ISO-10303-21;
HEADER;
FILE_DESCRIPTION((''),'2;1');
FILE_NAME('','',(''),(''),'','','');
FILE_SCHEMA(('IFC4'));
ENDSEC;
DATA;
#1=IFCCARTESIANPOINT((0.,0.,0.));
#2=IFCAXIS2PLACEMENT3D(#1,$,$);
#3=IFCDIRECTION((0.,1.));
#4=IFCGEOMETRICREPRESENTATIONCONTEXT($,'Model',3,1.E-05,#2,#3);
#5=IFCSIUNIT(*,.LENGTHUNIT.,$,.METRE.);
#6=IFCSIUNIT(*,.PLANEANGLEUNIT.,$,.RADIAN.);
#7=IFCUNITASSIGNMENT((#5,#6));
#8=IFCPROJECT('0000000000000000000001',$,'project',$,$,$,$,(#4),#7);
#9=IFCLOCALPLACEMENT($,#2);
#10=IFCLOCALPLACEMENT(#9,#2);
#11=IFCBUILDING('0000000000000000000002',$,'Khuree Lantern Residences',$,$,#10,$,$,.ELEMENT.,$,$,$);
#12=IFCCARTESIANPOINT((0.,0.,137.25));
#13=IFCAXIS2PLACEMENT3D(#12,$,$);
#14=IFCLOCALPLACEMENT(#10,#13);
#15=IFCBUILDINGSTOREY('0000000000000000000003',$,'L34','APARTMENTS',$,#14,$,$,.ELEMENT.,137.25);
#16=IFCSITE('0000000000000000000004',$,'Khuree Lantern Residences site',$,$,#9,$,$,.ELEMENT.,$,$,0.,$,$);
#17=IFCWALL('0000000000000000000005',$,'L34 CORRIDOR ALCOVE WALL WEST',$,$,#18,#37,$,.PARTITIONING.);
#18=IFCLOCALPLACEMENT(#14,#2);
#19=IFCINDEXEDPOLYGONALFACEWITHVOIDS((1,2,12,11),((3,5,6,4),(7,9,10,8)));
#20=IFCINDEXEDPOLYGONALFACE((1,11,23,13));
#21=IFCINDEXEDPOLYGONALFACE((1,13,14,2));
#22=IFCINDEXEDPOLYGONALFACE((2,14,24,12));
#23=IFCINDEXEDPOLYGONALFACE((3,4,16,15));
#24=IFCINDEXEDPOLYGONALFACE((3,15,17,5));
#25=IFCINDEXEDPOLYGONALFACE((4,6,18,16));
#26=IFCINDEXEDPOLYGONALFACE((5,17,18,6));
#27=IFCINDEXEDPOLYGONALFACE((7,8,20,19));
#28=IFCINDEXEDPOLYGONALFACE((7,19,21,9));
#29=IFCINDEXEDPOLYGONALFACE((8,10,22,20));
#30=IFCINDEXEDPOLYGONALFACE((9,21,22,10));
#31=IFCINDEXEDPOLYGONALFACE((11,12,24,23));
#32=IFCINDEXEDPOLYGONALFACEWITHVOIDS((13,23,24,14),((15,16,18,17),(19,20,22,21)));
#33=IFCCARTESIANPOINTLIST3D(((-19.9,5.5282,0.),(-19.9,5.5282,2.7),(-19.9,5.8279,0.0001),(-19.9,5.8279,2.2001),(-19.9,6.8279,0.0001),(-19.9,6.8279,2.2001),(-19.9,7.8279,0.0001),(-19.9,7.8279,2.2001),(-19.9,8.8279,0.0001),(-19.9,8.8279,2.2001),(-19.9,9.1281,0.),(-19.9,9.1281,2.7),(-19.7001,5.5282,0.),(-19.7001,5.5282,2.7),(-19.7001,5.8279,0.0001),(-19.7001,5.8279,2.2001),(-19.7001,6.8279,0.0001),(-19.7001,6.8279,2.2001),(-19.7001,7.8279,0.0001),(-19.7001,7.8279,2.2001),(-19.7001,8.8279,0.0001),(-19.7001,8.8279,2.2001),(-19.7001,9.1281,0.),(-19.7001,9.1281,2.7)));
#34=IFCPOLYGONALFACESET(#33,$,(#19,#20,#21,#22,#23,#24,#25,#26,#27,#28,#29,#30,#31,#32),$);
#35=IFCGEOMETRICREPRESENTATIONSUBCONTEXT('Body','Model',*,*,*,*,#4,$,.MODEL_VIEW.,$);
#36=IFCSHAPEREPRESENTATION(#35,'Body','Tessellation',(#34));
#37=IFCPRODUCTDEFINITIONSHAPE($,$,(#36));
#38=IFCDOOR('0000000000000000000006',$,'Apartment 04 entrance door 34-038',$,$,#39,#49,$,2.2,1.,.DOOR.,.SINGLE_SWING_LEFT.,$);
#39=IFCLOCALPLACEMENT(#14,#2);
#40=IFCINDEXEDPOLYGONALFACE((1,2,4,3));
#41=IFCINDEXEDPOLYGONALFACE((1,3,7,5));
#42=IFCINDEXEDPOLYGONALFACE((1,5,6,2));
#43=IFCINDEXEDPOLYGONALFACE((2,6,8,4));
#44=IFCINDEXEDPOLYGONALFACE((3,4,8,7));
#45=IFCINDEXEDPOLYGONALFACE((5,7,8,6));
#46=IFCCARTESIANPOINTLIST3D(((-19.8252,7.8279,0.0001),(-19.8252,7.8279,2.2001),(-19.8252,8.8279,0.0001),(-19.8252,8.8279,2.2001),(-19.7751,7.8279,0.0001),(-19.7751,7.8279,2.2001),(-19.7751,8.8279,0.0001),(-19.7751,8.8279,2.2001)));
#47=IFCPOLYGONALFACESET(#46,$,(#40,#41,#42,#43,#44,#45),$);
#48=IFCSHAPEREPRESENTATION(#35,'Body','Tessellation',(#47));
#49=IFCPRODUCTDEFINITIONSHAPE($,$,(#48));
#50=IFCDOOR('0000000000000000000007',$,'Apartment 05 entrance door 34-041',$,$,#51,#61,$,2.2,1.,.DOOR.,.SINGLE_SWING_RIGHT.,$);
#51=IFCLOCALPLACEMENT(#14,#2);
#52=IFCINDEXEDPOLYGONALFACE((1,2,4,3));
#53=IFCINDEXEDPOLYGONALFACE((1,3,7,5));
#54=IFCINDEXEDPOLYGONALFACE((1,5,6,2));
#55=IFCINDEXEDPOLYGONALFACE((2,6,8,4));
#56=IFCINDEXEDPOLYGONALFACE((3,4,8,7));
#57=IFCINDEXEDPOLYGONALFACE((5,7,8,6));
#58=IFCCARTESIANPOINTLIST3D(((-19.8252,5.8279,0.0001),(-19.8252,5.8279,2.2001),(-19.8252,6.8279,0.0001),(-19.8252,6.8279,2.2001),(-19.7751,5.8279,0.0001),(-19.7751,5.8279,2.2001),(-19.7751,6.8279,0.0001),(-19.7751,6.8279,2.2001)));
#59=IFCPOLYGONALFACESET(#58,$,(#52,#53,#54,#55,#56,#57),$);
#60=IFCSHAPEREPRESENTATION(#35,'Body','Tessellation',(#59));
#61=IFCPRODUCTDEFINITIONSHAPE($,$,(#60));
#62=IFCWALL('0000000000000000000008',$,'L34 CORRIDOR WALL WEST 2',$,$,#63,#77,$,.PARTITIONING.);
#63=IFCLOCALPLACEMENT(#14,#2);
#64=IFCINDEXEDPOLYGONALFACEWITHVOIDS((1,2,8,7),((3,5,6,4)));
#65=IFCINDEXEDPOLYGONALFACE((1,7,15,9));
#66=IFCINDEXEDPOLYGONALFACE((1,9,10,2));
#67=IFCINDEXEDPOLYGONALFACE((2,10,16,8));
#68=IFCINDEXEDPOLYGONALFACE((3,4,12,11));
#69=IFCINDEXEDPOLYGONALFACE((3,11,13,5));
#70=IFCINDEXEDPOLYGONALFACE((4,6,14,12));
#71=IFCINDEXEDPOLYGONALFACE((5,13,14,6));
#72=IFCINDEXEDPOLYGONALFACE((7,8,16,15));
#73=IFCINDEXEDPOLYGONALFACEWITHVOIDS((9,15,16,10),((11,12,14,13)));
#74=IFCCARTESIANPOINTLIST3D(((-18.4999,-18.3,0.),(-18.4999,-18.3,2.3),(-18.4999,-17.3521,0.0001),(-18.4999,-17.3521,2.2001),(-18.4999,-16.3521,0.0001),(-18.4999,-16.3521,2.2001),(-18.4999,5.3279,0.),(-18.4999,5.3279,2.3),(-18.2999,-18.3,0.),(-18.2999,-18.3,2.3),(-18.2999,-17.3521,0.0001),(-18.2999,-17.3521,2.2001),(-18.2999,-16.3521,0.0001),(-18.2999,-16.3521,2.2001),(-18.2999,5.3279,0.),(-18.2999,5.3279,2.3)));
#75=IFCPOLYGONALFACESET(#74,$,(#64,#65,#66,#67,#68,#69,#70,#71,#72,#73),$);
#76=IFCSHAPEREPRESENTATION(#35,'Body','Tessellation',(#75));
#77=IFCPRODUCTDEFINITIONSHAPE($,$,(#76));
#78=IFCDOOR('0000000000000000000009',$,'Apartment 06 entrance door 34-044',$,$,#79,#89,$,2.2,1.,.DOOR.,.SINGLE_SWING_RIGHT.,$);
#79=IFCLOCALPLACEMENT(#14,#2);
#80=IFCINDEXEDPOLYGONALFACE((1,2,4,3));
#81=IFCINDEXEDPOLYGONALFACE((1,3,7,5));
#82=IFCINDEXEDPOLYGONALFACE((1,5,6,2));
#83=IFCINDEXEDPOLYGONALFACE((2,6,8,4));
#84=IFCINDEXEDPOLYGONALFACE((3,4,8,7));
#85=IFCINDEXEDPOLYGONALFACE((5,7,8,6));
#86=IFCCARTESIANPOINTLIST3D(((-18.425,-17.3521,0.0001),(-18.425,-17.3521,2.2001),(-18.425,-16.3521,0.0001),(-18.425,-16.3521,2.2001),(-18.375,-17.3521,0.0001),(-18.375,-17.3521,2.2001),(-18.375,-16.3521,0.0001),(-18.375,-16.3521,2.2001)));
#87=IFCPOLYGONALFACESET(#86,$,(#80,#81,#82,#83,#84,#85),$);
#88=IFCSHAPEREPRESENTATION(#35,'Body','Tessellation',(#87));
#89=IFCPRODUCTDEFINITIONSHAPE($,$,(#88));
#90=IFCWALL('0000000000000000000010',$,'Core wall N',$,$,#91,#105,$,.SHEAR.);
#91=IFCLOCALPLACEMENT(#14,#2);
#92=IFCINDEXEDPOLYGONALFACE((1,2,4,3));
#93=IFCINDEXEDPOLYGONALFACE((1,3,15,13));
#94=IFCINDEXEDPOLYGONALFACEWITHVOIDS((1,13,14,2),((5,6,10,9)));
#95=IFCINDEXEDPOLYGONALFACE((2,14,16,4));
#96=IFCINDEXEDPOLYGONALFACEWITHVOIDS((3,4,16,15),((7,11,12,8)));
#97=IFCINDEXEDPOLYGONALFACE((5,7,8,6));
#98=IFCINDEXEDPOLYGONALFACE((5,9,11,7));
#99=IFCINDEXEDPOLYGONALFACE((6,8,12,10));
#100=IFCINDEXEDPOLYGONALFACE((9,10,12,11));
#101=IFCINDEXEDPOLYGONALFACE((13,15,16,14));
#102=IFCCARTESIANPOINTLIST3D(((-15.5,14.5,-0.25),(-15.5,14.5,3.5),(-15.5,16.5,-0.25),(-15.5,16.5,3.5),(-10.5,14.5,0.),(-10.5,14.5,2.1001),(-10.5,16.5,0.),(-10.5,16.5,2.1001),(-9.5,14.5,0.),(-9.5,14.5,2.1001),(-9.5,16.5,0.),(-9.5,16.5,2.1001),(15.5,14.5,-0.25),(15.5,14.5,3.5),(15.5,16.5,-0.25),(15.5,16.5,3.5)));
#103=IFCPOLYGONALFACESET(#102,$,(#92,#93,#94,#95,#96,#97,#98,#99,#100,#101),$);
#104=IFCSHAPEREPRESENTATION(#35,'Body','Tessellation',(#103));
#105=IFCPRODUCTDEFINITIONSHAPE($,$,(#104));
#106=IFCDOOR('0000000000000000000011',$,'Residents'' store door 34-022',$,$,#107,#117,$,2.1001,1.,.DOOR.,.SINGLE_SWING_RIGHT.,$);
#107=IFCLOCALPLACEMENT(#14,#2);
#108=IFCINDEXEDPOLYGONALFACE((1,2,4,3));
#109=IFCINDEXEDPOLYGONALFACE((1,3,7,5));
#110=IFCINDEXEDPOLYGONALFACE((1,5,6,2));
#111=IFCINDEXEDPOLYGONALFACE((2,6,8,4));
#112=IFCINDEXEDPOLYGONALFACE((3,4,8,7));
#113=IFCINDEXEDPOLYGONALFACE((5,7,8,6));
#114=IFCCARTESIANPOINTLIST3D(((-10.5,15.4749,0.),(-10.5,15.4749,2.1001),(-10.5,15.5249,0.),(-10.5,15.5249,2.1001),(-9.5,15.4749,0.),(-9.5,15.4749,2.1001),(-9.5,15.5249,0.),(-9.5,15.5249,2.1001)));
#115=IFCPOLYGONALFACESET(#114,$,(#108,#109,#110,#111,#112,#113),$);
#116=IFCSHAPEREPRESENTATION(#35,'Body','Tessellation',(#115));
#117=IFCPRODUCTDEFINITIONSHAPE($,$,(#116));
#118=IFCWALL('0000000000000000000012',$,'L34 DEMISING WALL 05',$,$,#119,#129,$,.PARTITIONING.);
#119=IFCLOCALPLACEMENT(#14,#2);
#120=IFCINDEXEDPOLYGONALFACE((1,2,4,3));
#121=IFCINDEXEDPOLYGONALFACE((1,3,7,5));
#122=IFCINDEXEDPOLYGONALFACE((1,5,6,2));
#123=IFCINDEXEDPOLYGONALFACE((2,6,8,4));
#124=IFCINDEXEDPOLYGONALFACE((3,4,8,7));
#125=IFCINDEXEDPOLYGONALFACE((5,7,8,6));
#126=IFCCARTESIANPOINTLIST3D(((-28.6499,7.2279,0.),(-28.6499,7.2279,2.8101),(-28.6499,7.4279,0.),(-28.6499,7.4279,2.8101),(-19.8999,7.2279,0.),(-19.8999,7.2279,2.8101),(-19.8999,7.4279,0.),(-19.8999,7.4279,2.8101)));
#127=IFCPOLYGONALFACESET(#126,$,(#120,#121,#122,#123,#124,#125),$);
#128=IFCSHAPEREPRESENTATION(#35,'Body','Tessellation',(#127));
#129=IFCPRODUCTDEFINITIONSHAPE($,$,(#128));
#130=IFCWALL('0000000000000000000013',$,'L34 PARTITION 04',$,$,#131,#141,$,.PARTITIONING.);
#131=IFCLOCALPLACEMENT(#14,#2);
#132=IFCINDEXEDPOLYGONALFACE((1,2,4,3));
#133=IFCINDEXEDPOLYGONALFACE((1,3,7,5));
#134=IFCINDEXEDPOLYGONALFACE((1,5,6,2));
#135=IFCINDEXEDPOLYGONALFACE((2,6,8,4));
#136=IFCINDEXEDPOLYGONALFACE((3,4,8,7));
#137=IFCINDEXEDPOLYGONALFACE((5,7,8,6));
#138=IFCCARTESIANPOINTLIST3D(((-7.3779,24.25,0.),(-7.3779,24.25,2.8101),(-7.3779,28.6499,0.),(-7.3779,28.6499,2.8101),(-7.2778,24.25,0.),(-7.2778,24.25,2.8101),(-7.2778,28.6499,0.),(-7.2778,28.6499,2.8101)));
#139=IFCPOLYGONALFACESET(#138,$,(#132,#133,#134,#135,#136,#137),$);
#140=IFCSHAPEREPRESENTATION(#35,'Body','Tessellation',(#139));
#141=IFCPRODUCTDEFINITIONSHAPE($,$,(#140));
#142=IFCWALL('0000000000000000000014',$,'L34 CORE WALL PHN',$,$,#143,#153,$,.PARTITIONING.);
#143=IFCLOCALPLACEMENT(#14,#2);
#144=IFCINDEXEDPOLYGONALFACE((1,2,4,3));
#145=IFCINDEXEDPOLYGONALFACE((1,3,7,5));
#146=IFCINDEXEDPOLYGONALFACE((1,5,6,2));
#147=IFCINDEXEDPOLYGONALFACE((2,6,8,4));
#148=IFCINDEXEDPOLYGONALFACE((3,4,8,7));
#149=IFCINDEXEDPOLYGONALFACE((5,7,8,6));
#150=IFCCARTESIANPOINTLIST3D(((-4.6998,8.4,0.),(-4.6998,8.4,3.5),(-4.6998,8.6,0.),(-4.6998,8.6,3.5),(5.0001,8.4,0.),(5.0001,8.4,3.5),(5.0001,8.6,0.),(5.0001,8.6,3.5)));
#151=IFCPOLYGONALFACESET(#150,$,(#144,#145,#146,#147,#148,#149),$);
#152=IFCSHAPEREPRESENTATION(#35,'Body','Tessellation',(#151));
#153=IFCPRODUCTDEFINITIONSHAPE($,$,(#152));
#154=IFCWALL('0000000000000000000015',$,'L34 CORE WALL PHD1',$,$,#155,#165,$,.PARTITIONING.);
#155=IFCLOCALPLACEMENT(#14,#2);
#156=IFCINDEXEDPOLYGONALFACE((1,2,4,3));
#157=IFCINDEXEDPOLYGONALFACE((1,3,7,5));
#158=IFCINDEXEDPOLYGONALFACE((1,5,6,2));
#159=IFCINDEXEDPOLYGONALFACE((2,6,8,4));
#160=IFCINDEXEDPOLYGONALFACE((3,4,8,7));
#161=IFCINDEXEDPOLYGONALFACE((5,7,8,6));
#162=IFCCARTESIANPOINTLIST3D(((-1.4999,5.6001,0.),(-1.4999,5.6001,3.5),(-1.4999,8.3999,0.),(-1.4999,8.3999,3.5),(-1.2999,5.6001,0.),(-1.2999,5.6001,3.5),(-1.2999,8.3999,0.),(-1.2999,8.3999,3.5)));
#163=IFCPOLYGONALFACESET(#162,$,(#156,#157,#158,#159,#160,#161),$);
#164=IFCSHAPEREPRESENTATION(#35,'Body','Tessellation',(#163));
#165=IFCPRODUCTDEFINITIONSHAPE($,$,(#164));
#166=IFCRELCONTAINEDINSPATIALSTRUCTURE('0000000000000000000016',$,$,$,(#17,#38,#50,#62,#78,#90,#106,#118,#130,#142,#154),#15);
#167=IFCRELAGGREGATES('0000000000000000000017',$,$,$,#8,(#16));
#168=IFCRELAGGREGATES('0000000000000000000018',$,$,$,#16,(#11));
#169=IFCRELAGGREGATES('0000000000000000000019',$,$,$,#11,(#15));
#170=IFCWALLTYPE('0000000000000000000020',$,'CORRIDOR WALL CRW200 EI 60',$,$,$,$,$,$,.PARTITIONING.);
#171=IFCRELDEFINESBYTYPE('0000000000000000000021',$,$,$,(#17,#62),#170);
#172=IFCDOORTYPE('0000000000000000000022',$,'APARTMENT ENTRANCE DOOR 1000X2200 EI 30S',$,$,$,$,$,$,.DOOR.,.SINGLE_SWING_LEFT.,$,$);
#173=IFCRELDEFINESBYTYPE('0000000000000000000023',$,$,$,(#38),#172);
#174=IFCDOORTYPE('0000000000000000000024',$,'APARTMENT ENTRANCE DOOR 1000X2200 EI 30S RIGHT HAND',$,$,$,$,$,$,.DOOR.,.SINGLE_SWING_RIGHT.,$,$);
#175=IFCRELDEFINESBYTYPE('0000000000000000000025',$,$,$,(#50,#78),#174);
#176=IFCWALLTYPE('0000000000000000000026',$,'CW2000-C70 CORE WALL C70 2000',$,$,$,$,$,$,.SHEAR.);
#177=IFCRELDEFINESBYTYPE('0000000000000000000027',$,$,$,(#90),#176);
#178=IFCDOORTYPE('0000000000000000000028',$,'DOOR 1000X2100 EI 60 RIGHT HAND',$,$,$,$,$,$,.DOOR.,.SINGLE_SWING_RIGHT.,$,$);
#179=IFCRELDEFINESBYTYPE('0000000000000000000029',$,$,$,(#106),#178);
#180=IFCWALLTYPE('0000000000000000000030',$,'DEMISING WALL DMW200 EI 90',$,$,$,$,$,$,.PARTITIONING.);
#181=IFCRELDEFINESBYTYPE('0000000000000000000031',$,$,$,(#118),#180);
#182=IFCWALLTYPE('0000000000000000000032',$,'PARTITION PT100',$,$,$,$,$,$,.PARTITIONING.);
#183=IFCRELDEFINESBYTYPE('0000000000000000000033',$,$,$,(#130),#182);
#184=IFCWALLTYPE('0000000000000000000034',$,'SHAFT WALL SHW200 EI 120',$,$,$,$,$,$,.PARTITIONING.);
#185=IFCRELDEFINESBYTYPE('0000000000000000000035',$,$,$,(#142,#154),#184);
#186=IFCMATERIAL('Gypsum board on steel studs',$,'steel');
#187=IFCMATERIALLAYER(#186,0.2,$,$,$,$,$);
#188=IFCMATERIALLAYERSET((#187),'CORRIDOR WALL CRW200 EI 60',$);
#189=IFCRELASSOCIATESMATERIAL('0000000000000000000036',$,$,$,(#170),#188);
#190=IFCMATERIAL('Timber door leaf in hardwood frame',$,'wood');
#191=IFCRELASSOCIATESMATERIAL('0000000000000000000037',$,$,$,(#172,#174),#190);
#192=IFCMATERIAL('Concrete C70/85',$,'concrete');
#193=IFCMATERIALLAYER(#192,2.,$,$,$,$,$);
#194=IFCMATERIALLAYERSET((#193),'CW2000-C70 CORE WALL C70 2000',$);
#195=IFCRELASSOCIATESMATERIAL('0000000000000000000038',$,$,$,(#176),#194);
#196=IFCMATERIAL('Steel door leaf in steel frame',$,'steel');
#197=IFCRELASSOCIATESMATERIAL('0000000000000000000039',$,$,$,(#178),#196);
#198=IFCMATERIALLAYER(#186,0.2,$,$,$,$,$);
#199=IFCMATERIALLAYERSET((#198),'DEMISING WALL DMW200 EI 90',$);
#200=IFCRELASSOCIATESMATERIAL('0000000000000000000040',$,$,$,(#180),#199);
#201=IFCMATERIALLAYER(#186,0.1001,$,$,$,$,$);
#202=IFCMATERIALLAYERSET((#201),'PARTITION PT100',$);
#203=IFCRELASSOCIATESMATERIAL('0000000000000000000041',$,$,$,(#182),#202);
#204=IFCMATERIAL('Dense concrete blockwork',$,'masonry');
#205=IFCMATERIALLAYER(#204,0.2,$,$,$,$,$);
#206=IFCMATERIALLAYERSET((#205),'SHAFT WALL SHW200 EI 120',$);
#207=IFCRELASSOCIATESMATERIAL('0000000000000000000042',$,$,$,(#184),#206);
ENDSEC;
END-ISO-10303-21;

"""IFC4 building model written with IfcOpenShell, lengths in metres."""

from ifc_helpers import new_model, si_unit, direction, frame, frame_2d, origin, place, context, subcontext, project, spatial, rectangle, extrude, material, layer, layer_set, type_object, element, fill, save


model = new_model("IFC4")

# Units and contexts
model_context = context("Model", 3, precision=1e-05, world=origin(), true_north=direction((0.0, 1.0)))
body_context = subcontext(model_context, "Body", "Model", "MODEL_VIEW")
ifc_project = project(units=[si_unit("LENGTHUNIT", "METRE"), si_unit("PLANEANGLEUNIT", "RADIAN")], contexts=[model_context])

# Site, building, storey
site_placement = place(None, origin())
site = spatial("IfcSite", under=ifc_project, at=site_placement, Name="Khuree Lantern Residences site", CompositionType="ELEMENT", RefElevation=0.0)
building_placement = place(site_placement, origin())
building = spatial("IfcBuilding", under=site, at=building_placement, Name="Khuree Lantern Residences", CompositionType="ELEMENT")
storey_placement = place(building_placement, frame((0.0, 0.0, 137.25)))
storey = spatial("IfcBuildingStorey", under=building, at=storey_placement, Name="L34", Description="APARTMENTS", CompositionType="ELEMENT", Elevation=137.25)

# Shared definitions
ifc_material_1 = material(Name="Concrete C70/85", Category="concrete")

# Shared definitions
ifc_material_2 = material(Name="Dense concrete blockwork", Category="masonry")

# Shared definitions
ifc_material_3 = material(Name="Steel door leaf in steel frame", Category="steel")
ifc_material_4 = material(Name="Timber door leaf in hardwood frame", Category="wood")

# Shared definitions
ifc_material_5 = material(Name="Gypsum board on steel studs", Category="steel")
ifc_layer_1 = layer(ifc_material_5, 0.2)
ifc_layer_set_1 = layer_set([ifc_layer_1], Name="CORRIDOR WALL CRW200 EI 60")
wall_type_1 = type_object("IfcWallType", Name="CORRIDOR WALL CRW200 EI 60", PredefinedType="PARTITIONING", material=ifc_layer_set_1)

# Wall, openings, doors
wall_1_placement = place(storey_placement, frame((-19.8, 9.1279, 0.0), z_axis=(0.0, 0.0, 1.0), x_axis=(0.0, -1.0, 0.0)))
wall_1 = element("IfcWall", 1, at=wall_1_placement, inside=storey, type_object=wall_type_1, Name="L34 CORRIDOR ALCOVE WALL WEST", PredefinedType="PARTITIONING", context=body_context, shape_type="SweptSolid", body=[
    extrude(rectangle(XDim=3.5999, YDim=0.2, at=frame_2d((1.7998, 0.0))), origin(), (0.0, 0.0, 1.0), 2.7),
])
opening_1_placement = place(wall_1_placement, frame((0.3, 0.0, 0.0)))
opening_1 = element("IfcOpeningElement", 2, at=opening_1_placement, cuts=wall_1, PredefinedType="OPENING", context=body_context, shape_type="SweptSolid", body=[
    extrude(rectangle(XDim=1.0, YDim=2.2, at=frame_2d((0.5, 1.1001))), frame((0.0, 0.1099, 0.0), z_axis=(0.0, -1.0, 0.0), x_axis=(1.0, 0.0, 0.0)), (0.0, 0.0, 1.0), 0.22),
])
opening_2_placement = place(wall_1_placement, frame((2.3, 0.0, 0.0)))
opening_2 = element("IfcOpeningElement", 3, at=opening_2_placement, cuts=wall_1, PredefinedType="OPENING", context=body_context, shape_type="SweptSolid", body=[
    extrude(rectangle(XDim=1.0, YDim=2.2, at=frame_2d((0.5, 1.1001))), frame((0.0, 0.1099, 0.0), z_axis=(0.0, -1.0, 0.0), x_axis=(1.0, 0.0, 0.0)), (0.0, 0.0, 1.0), 0.22),
])
door_type_1 = type_object("IfcDoorType", Name="APARTMENT ENTRANCE DOOR 1000X2200 EI 30S", OperationType="SINGLE_SWING_LEFT", PredefinedType="DOOR", material=ifc_material_4)
door_1_placement = place(opening_1_placement, origin())
door_1 = element("IfcDoor", 4, at=door_1_placement, inside=storey, type_object=door_type_1, Name="Apartment 04 entrance door 34-038", OperationType="SINGLE_SWING_LEFT", OverallHeight=2.2, OverallWidth=1.0, PredefinedType="DOOR", context=body_context, shape_type="SweptSolid", body=[
    extrude(rectangle(XDim=1.0, YDim=2.2, at=frame_2d((0.5, 1.1001))), frame((0.0, 0.0249, 0.0), z_axis=(0.0, -1.0, 0.0), x_axis=(1.0, 0.0, 0.0)), (0.0, 0.0, 1.0), 0.05),
])
fill(opening_1, door_1)
door_type_2 = type_object("IfcDoorType", Name="APARTMENT ENTRANCE DOOR 1000X2200 EI 30S RIGHT HAND", OperationType="SINGLE_SWING_RIGHT", PredefinedType="DOOR", material=ifc_material_4)
door_2_placement = place(opening_2_placement, origin())
door_2 = element("IfcDoor", 5, at=door_2_placement, inside=storey, type_object=door_type_2, Name="Apartment 05 entrance door 34-041", OperationType="SINGLE_SWING_RIGHT", OverallHeight=2.2, OverallWidth=1.0, PredefinedType="DOOR", context=body_context, shape_type="SweptSolid", body=[
    extrude(rectangle(XDim=1.0, YDim=2.2, at=frame_2d((0.5, 1.1001))), frame((0.0, 0.0249, 0.0), z_axis=(0.0, -1.0, 0.0), x_axis=(1.0, 0.0, 0.0)), (0.0, 0.0, 1.0), 0.05),
])
fill(opening_2, door_2)

# Walls, openings, doors
wall_2_placement = place(storey_placement, frame((-18.3999, 5.3279, 0.0), z_axis=(0.0, 0.0, 1.0), x_axis=(0.0, -1.0, 0.0)))
wall_2 = element("IfcWall", 6, at=wall_2_placement, inside=storey, type_object=wall_type_1, Name="L34 CORRIDOR WALL WEST 2", PredefinedType="PARTITIONING", context=body_context, shape_type="SweptSolid", body=[
    extrude(rectangle(XDim=23.6279, YDim=0.2, at=frame_2d((11.814, 0.0))), origin(), (0.0, 0.0, 1.0), 2.3),
])
opening_3_placement = place(wall_2_placement, frame((21.6799, 0.0, 0.0)))
opening_3 = element("IfcOpeningElement", 7, at=opening_3_placement, cuts=wall_2, PredefinedType="OPENING", context=body_context, shape_type="SweptSolid", body=[
    extrude(rectangle(XDim=1.0, YDim=2.2, at=frame_2d((0.5, 1.1001))), frame((0.0, 0.1099, 0.0), z_axis=(0.0, -1.0, 0.0), x_axis=(1.0, 0.0, 0.0)), (0.0, 0.0, 1.0), 0.22),
])
door_3_placement = place(opening_3_placement, origin())
door_3 = element("IfcDoor", 8, at=door_3_placement, inside=storey, type_object=door_type_2, Name="Apartment 06 entrance door 34-044", OperationType="SINGLE_SWING_RIGHT", OverallHeight=2.2, OverallWidth=1.0, PredefinedType="DOOR", context=body_context, shape_type="SweptSolid", body=[
    extrude(rectangle(XDim=1.0, YDim=2.2, at=frame_2d((0.5, 1.1001))), frame((0.0, 0.0249, 0.0), z_axis=(0.0, -1.0, 0.0), x_axis=(1.0, 0.0, 0.0)), (0.0, 0.0, 1.0), 0.05),
])
fill(opening_3, door_3)
ifc_layer_2 = layer(ifc_material_1, 2.0)
ifc_layer_set_2 = layer_set([ifc_layer_2], Name="CW2000-C70 CORE WALL C70 2000")
wall_type_2 = type_object("IfcWallType", Name="CW2000-C70 CORE WALL C70 2000", PredefinedType="SHEAR", material=ifc_layer_set_2)
wall_3_placement = place(storey_placement, frame((-15.5, 15.5, -0.25), z_axis=(0.0, 0.0, 1.0), x_axis=(1.0, 0.0, 0.0)))
wall_3 = element("IfcWall", 9, at=wall_3_placement, inside=storey, type_object=wall_type_2, Name="Core wall N", PredefinedType="SHEAR", context=body_context, shape_type="SweptSolid", body=[
    extrude(rectangle(XDim=31.0, YDim=2.0, at=frame_2d((15.5, 0.0))), origin(), (0.0, 0.0, 1.0), 3.75),
])
opening_4_placement = place(wall_3_placement, frame((5.0, 0.0, 0.25)))
opening_4 = element("IfcOpeningElement", 10, at=opening_4_placement, cuts=wall_3, PredefinedType="OPENING", context=body_context, shape_type="SweptSolid", body=[
    extrude(rectangle(XDim=1.0, YDim=2.1001, at=frame_2d((0.5, 1.05))), frame((0.0, 1.01, 0.0), z_axis=(0.0, -1.0, 0.0), x_axis=(1.0, 0.0, 0.0)), (0.0, 0.0, 1.0), 2.02),
])
door_type_3 = type_object("IfcDoorType", Name="DOOR 1000X2100 EI 60 RIGHT HAND", OperationType="SINGLE_SWING_RIGHT", PredefinedType="DOOR", material=ifc_material_3)
door_4_placement = place(opening_4_placement, origin())
door_4 = element("IfcDoor", 11, at=door_4_placement, inside=storey, type_object=door_type_3, Name="Residents' store door 34-022", OperationType="SINGLE_SWING_RIGHT", OverallHeight=2.1001, OverallWidth=1.0, PredefinedType="DOOR", context=body_context, shape_type="SweptSolid", body=[
    extrude(rectangle(XDim=1.0, YDim=2.1001, at=frame_2d((0.5, 1.05))), frame((0.0, 0.0249, 0.0), z_axis=(0.0, -1.0, 0.0), x_axis=(1.0, 0.0, 0.0)), (0.0, 0.0, 1.0), 0.05),
])
fill(opening_4, door_4)

# Walls
ifc_layer_3 = layer(ifc_material_5, 0.2)
ifc_layer_set_3 = layer_set([ifc_layer_3], Name="DEMISING WALL DMW200 EI 90")
wall_type_3 = type_object("IfcWallType", Name="DEMISING WALL DMW200 EI 90", PredefinedType="PARTITIONING", material=ifc_layer_set_3)
wall_4_placement = place(storey_placement, frame((-19.8999, 7.3279, 0.0), z_axis=(0.0, 0.0, 1.0), x_axis=(-1.0, 0.0, 0.0)))
element("IfcWall", 12, at=wall_4_placement, inside=storey, type_object=wall_type_3, Name="L34 DEMISING WALL 05", PredefinedType="PARTITIONING", context=body_context, shape_type="SweptSolid", body=[
    extrude(rectangle(XDim=8.75, YDim=0.2, at=frame_2d((4.375, 0.0))), origin(), (0.0, 0.0, 1.0), 2.8101),
])
ifc_layer_4 = layer(ifc_material_5, 0.1001)
ifc_layer_set_4 = layer_set([ifc_layer_4], Name="PARTITION PT100")
wall_type_4 = type_object("IfcWallType", Name="PARTITION PT100", PredefinedType="PARTITIONING", material=ifc_layer_set_4)
wall_5_placement = place(storey_placement, frame((-7.3279, 24.25, 0.0), z_axis=(0.0, 0.0, 1.0), x_axis=(0.0, 1.0, 0.0)))
element("IfcWall", 13, at=wall_5_placement, inside=storey, type_object=wall_type_4, Name="L34 PARTITION 04", PredefinedType="PARTITIONING", context=body_context, shape_type="SweptSolid", body=[
    extrude(rectangle(XDim=4.3999, YDim=0.1001, at=frame_2d((2.2, 0.0))), origin(), (0.0, 0.0, 1.0), 2.8101),
])
ifc_layer_5 = layer(ifc_material_2, 0.2)
ifc_layer_set_5 = layer_set([ifc_layer_5], Name="SHAFT WALL SHW200 EI 120")
wall_type_5 = type_object("IfcWallType", Name="SHAFT WALL SHW200 EI 120", PredefinedType="PARTITIONING", material=ifc_layer_set_5)
wall_6_placement = place(storey_placement, frame((-4.7, 8.5, 0.0), z_axis=(0.0, 0.0, 1.0), x_axis=(1.0, 0.0, 0.0)))
element("IfcWall", 14, at=wall_6_placement, inside=storey, type_object=wall_type_5, Name="L34 CORE WALL PHN", PredefinedType="PARTITIONING", context=body_context, shape_type="SweptSolid", body=[
    extrude(rectangle(XDim=9.7, YDim=0.2, at=frame_2d((4.8501, 0.0))), origin(), (0.0, 0.0, 1.0), 3.5),
])
wall_7_placement = place(storey_placement, frame((-1.3999, 5.6001, 0.0), z_axis=(0.0, 0.0, 1.0), x_axis=(0.0, 1.0, 0.0)))
element("IfcWall", 15, at=wall_7_placement, inside=storey, type_object=wall_type_5, Name="L34 CORE WALL PHD1", PredefinedType="PARTITIONING", context=body_context, shape_type="SweptSolid", body=[
    extrude(rectangle(XDim=2.7998, YDim=0.2, at=frame_2d((1.3999, 0.0))), origin(), (0.0, 0.0, 1.0), 3.5),
])

save(model, "model.ifc")
